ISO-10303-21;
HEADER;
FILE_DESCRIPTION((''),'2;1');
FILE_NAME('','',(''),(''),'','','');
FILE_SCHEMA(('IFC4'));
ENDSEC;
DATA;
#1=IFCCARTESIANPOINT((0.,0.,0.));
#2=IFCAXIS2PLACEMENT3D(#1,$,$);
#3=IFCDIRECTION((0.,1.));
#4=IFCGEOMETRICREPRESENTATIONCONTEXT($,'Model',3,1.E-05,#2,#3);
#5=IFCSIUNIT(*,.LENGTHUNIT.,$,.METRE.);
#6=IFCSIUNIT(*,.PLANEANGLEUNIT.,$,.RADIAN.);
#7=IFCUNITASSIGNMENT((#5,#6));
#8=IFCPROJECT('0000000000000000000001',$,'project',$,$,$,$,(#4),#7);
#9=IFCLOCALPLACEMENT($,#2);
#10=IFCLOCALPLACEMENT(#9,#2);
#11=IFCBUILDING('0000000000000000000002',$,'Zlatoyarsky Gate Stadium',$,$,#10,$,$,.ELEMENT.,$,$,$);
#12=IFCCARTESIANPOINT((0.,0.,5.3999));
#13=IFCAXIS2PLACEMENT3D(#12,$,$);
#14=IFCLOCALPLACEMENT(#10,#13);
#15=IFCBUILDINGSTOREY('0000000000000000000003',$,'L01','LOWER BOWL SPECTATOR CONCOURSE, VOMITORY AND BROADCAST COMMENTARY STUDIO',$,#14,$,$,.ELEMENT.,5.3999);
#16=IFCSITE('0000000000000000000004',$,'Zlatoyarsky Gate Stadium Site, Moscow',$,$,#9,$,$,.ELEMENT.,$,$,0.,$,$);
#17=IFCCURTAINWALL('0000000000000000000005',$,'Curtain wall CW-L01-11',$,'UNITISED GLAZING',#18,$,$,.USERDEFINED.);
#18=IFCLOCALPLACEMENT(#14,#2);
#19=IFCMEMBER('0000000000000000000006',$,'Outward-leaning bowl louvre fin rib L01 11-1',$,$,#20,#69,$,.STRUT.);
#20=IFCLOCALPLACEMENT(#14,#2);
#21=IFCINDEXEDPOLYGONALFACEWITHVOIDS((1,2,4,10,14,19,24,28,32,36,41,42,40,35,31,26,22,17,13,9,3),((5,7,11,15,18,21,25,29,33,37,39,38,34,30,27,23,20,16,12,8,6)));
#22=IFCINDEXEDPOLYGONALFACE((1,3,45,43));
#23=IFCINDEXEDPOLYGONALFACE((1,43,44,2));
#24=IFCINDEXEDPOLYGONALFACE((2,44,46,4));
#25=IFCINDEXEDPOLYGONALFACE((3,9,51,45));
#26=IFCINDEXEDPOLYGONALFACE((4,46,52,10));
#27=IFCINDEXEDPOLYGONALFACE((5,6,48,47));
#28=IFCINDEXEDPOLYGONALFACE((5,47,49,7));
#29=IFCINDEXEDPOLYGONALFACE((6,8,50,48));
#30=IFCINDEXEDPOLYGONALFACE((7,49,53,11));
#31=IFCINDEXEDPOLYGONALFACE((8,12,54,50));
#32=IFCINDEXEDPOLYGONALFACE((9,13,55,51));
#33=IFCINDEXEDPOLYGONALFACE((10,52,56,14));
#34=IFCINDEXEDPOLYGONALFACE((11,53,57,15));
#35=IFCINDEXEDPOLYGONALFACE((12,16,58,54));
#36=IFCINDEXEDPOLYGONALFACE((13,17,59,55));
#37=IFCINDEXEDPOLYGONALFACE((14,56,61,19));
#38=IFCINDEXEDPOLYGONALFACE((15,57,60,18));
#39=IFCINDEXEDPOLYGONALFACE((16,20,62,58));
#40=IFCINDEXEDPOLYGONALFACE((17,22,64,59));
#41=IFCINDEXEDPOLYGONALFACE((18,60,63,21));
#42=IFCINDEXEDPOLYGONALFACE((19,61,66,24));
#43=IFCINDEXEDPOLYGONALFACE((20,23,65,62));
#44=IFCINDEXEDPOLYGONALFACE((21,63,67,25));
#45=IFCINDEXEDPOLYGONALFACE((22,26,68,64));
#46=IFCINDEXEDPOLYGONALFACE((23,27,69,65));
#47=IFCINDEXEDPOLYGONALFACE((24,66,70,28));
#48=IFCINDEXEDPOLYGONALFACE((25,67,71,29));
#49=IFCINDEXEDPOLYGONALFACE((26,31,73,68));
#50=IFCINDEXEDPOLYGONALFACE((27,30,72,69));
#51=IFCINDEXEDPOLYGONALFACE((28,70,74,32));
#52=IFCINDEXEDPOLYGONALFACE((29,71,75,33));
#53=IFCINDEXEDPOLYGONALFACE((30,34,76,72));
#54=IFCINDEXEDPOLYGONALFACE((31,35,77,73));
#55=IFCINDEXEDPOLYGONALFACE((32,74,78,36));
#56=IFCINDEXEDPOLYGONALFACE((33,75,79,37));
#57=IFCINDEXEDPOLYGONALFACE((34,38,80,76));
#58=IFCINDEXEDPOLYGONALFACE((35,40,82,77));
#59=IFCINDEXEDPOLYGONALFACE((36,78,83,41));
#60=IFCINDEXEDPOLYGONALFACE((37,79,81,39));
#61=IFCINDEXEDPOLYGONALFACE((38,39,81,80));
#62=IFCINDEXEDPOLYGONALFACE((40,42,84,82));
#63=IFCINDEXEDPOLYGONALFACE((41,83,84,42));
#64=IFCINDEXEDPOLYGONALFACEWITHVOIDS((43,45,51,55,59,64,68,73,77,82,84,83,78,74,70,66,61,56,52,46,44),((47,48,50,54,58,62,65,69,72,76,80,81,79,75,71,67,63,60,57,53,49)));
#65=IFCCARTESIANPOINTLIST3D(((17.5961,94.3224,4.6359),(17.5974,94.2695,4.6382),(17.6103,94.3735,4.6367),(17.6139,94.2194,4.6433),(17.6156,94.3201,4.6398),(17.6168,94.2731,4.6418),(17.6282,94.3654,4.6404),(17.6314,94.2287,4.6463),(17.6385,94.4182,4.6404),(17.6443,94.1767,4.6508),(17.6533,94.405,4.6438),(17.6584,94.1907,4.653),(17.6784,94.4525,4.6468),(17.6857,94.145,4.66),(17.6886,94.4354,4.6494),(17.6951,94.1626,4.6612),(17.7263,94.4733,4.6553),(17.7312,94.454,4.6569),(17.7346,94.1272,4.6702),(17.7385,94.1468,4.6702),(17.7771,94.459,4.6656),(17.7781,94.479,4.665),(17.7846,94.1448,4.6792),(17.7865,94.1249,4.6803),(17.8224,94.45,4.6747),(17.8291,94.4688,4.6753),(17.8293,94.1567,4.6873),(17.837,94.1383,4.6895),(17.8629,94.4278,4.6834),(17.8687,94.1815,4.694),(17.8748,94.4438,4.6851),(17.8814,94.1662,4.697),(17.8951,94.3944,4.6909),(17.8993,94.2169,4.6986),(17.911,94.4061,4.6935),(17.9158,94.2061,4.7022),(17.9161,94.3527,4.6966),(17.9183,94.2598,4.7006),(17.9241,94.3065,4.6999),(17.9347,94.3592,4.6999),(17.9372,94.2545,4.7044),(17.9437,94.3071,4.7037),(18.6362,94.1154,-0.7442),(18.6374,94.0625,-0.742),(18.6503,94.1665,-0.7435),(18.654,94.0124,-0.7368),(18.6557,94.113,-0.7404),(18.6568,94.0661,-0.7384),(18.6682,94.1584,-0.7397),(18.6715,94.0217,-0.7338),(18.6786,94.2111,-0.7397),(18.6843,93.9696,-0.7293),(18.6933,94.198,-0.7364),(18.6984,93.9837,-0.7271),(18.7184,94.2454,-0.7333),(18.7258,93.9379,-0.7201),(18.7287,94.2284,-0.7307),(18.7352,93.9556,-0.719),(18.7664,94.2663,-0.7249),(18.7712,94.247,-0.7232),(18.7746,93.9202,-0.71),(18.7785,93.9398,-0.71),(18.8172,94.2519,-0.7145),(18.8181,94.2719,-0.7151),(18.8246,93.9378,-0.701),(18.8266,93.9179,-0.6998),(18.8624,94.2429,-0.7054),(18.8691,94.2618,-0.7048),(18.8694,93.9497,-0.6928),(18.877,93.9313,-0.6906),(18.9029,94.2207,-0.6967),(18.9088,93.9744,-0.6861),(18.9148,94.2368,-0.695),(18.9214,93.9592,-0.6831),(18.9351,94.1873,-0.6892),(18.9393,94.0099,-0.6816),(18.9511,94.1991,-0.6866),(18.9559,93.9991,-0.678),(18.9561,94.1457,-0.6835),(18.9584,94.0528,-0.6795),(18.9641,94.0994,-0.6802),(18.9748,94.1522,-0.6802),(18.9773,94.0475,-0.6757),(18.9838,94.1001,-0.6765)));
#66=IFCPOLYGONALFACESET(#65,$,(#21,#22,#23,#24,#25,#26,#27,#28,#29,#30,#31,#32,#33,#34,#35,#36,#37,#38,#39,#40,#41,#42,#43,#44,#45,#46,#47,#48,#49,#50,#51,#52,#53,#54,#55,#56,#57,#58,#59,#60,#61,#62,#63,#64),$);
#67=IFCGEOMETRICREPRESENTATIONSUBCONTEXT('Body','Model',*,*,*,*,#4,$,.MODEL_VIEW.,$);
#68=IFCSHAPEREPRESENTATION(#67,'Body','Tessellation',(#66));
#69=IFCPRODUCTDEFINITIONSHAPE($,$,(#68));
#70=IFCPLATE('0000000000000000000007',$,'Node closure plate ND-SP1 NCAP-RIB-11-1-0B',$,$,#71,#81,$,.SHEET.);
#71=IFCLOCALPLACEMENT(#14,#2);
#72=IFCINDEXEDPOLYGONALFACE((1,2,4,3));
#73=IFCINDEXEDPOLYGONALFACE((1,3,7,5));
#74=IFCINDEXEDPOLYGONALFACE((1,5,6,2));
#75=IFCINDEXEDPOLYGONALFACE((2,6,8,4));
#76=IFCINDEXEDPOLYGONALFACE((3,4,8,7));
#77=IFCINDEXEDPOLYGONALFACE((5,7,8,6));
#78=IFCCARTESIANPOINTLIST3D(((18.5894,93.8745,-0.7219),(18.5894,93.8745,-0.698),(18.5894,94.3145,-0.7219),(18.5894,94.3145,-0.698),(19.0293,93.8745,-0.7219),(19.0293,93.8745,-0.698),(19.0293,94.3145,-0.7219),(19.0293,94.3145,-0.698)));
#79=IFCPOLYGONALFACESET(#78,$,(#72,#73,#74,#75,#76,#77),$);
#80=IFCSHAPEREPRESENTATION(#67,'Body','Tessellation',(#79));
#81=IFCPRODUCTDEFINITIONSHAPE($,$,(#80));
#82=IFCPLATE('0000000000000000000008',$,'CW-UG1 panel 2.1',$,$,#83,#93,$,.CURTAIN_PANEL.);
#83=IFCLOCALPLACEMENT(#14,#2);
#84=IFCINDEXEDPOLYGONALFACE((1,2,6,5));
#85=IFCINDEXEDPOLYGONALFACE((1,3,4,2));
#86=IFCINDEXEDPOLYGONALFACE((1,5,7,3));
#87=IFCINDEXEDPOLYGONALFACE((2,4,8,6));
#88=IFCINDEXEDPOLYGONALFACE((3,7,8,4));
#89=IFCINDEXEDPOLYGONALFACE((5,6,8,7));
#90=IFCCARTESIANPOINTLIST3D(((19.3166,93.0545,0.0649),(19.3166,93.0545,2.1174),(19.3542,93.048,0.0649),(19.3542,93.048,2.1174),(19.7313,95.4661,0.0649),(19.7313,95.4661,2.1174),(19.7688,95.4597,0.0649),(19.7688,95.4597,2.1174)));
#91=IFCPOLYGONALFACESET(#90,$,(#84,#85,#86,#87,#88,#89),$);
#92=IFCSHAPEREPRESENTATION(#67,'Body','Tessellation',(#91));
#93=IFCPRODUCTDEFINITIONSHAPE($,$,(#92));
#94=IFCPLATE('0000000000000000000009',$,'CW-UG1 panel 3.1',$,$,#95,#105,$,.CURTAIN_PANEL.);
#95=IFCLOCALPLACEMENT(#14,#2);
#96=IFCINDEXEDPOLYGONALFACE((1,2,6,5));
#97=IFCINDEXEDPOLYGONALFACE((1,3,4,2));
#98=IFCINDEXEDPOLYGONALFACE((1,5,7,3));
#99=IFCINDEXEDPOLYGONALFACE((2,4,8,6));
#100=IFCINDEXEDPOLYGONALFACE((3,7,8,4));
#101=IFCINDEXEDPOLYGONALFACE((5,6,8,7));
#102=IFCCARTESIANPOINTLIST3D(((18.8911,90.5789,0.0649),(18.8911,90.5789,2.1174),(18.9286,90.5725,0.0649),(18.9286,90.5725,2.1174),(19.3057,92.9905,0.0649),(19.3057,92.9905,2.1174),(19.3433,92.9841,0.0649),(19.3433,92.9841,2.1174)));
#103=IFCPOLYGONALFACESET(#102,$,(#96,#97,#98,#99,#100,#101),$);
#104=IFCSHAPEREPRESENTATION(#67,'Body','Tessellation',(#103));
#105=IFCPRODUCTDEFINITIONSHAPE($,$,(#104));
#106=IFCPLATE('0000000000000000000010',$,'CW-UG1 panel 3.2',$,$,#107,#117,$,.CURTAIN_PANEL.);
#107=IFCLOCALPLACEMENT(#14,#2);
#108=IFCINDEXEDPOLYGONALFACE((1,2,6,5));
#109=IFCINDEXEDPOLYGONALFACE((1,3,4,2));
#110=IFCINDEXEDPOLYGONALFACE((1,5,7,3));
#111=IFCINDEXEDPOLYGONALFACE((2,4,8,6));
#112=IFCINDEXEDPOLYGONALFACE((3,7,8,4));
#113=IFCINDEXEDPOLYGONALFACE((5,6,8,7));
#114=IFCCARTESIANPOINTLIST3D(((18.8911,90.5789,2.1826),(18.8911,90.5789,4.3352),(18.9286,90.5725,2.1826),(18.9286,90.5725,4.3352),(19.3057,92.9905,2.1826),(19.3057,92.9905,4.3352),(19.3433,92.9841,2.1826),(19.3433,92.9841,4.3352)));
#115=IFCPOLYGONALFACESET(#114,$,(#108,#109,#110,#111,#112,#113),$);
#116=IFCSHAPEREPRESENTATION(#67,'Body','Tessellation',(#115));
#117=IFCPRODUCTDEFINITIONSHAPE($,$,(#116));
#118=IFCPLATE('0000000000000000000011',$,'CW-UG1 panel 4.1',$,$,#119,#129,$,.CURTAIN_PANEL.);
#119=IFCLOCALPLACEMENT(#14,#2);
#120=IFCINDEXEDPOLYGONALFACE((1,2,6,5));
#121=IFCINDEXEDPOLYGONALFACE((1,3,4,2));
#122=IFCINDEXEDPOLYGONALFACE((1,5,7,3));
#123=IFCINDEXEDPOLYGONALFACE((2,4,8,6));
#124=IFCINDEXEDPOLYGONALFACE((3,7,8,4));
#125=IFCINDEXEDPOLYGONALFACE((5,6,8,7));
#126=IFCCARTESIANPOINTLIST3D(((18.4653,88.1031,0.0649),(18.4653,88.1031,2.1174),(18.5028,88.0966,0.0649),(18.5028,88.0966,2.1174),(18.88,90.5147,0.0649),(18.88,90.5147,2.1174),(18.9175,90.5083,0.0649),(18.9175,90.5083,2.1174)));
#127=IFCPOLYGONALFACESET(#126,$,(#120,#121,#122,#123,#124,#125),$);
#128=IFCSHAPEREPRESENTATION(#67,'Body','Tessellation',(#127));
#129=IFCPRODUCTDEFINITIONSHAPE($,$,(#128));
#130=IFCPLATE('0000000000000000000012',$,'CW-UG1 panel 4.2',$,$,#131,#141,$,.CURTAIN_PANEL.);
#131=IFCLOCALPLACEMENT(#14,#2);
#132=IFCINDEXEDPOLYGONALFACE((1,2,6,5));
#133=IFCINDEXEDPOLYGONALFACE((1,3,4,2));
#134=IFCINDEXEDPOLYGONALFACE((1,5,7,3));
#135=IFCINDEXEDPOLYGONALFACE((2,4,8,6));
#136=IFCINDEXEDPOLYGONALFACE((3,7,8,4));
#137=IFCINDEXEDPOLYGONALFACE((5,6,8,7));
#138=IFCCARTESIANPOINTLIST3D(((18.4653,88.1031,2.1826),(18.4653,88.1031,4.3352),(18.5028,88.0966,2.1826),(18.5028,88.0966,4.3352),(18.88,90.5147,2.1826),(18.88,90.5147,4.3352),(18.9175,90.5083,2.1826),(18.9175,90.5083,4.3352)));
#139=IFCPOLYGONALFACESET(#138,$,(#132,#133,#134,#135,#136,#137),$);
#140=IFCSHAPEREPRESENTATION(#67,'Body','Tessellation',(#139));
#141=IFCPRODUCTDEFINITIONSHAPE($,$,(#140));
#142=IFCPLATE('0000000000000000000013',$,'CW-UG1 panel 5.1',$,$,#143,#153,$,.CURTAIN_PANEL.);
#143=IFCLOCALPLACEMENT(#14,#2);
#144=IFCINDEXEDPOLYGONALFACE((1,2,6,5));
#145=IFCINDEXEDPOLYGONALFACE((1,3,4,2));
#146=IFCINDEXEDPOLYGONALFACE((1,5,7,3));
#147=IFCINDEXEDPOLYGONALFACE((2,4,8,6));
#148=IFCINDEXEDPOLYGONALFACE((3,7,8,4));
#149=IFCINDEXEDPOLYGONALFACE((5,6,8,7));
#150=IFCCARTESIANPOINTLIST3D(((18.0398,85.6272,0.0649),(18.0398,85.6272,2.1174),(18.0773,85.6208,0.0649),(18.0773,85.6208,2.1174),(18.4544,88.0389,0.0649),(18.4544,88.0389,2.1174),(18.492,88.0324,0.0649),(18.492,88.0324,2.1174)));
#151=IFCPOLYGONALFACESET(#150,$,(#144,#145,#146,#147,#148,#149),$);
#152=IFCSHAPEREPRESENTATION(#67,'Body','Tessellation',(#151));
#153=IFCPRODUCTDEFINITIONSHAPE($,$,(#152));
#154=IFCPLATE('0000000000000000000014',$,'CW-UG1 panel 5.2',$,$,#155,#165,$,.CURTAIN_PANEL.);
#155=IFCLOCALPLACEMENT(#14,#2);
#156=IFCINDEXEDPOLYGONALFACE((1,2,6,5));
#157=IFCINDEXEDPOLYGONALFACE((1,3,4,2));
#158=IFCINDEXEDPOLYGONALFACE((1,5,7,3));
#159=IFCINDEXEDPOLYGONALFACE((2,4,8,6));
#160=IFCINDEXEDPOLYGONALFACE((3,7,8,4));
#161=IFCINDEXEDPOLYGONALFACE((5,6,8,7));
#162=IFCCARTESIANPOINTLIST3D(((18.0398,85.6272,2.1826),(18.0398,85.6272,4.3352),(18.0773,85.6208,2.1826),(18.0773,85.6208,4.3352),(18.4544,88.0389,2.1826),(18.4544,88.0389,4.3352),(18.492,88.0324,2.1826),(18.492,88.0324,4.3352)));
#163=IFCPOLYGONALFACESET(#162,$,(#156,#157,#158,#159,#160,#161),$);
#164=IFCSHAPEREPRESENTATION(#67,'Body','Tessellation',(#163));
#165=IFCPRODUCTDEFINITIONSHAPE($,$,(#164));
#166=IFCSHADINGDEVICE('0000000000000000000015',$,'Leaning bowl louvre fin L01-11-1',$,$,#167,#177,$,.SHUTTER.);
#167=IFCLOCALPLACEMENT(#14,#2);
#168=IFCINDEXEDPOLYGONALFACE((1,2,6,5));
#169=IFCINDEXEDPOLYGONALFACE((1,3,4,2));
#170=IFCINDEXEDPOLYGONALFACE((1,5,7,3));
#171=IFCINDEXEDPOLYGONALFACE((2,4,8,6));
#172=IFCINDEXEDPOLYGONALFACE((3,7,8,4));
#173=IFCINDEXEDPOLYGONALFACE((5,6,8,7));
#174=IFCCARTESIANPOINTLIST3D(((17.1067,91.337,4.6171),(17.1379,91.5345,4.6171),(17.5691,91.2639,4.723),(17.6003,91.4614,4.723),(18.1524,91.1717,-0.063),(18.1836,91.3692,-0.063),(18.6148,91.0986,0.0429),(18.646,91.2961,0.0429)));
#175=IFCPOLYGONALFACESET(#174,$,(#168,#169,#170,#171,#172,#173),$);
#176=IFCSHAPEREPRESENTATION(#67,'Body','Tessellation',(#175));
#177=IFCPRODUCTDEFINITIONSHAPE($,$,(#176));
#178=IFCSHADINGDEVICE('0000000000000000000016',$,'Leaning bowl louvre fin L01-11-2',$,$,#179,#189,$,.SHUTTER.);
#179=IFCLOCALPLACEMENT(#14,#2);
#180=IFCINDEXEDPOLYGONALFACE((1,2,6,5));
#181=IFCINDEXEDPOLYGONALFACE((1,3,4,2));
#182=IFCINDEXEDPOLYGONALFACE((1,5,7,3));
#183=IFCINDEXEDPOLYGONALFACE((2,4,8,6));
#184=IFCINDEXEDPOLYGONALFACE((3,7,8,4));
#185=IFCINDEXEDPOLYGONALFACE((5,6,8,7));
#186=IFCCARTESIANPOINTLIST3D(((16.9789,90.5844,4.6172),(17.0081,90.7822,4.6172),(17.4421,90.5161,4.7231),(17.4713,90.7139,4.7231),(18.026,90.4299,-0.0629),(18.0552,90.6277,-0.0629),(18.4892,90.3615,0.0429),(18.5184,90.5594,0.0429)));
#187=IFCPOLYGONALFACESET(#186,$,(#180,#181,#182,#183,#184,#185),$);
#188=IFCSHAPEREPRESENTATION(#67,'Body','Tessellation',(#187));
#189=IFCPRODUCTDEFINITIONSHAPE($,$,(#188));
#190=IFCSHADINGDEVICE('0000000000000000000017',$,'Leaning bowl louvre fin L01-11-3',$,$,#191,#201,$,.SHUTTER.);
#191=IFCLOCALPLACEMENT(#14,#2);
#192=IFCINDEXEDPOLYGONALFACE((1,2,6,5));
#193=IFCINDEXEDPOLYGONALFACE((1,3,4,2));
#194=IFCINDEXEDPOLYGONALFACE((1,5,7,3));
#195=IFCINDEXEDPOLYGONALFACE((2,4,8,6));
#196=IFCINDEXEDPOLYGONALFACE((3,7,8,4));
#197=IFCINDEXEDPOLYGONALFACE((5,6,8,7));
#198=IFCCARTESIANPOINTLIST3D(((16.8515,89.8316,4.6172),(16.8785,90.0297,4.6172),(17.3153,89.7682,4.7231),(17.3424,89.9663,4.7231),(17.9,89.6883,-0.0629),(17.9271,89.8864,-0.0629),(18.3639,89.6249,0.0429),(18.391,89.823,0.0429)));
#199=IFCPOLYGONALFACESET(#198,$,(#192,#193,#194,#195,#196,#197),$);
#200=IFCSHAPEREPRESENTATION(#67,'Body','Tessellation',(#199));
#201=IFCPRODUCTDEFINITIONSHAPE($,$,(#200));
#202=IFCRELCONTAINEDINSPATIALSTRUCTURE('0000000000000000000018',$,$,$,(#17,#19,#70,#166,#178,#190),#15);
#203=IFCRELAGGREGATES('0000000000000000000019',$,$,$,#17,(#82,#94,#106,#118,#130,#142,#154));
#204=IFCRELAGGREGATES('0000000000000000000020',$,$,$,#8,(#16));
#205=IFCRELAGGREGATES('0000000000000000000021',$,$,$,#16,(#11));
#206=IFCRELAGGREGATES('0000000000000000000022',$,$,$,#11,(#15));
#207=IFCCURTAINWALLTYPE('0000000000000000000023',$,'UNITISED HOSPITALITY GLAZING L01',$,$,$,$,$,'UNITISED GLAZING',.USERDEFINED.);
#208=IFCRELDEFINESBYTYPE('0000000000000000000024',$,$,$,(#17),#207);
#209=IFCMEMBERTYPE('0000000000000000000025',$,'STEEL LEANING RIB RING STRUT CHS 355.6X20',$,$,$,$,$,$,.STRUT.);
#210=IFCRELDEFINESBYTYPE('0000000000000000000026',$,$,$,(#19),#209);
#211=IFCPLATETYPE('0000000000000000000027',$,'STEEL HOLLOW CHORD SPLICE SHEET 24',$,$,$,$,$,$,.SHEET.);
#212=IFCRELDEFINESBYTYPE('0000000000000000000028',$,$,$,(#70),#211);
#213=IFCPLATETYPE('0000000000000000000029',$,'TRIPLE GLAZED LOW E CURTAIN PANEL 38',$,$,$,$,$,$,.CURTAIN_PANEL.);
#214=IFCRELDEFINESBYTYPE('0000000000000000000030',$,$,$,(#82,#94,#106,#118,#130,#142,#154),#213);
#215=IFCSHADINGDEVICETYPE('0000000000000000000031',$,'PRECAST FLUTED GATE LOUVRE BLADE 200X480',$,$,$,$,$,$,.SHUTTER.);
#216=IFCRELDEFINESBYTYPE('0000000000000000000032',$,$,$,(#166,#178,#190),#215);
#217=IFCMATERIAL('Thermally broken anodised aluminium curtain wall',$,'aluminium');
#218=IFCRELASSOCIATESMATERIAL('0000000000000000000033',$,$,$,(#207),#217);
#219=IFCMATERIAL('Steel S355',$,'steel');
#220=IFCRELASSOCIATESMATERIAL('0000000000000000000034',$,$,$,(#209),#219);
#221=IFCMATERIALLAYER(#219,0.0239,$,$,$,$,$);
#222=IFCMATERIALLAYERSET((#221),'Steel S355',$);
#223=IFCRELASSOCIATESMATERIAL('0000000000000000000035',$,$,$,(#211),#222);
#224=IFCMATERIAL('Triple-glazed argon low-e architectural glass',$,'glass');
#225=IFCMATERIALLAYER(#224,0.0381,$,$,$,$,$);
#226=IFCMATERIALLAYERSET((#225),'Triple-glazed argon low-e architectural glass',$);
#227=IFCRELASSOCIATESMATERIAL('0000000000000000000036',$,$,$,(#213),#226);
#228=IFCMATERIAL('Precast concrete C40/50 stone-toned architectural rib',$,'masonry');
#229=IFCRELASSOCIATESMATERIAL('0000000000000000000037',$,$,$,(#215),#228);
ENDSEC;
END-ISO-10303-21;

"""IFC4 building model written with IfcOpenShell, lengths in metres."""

from ifc_helpers import new_model, si_unit, direction, frame, origin, origin_2d, place, context, subcontext, project, spatial, rectangle, hollow_circle, extrude, material, layer, layer_set, material_profile, profile_set, type_object, element, aggregate, save


model = new_model("IFC4")

# Units and contexts
model_context = context("Model", 3, precision=1e-05, world=origin(), true_north=direction((0.0, 1.0)))
body_context = subcontext(model_context, "Body", "Model", "MODEL_VIEW")
ifc_project = project(units=[si_unit("LENGTHUNIT", "METRE"), si_unit("PLANEANGLEUNIT", "RADIAN")], contexts=[model_context])

# Site, building, storey
site_placement = place(None, origin())
site = spatial("IfcSite", under=ifc_project, at=site_placement, Name="Zlatoyarsky Gate Stadium Site, Moscow", CompositionType="ELEMENT", RefElevation=0.0)
building_placement = place(site_placement, origin())
building = spatial("IfcBuilding", under=site, at=building_placement, Name="Zlatoyarsky Gate Stadium", CompositionType="ELEMENT")
storey_placement = place(building_placement, frame((0.0, 0.0, 5.3999)))
storey = spatial("IfcBuildingStorey", under=building, at=storey_placement, Name="L01", Description="LOWER BOWL SPECTATOR CONCOURSE, VOMITORY AND BROADCAST COMMENTARY STUDIO", CompositionType="ELEMENT", Elevation=5.3999)

# Curtain wall
ifc_material_1 = material(Name="Thermally broken anodised aluminium curtain wall", Category="aluminium")
curtain_wall_type = type_object("IfcCurtainWallType", Name="UNITISED HOSPITALITY GLAZING L01", ElementType="UNITISED GLAZING", PredefinedType="USERDEFINED", material=ifc_material_1)
curtain_wall_placement = place(storey_placement, origin())
curtain_wall = element("IfcCurtainWall", 1, at=curtain_wall_placement, inside=storey, type_object=curtain_wall_type, Name="Curtain wall CW-L01-11", ObjectType="UNITISED GLAZING", PredefinedType="USERDEFINED")

# Member
ifc_material_2 = material(Name="Steel S355", Category="steel")
ifc_material_profile_1 = material_profile(ifc_material_2, hollow_circle(Radius=0.1777, WallThickness=0.02, at=origin_2d()), Name="CHS 355.6X20")
ifc_profile_set_1 = profile_set([ifc_material_profile_1], Name="Steel S355")
member_type_1 = type_object("IfcMemberType", Name="STEEL LEANING RIB RING STRUT CHS 355.6X20", PredefinedType="STRUT", material=ifc_profile_set_1)
member_1_placement = place(storey_placement, frame((18.8093, 94.0945, -0.71), z_axis=(-0.189662, 0.037754, 0.981123), x_axis=(-0.195231, -0.980757, 0.0)))
element("IfcMember", 2, at=member_1_placement, inside=storey, type_object=member_type_1, Name="Outward-leaning bowl louvre fin rib L01 11-1", PredefinedType="STRUT", context=body_context, shape_type="SweptSolid", body=[
    extrude(hollow_circle(Radius=0.1777, WallThickness=0.02, at=origin_2d()), origin(), (0.0, 0.0, 1.0), 5.4836),
])

# Plates
ifc_layer_1 = layer(ifc_material_2, 0.0239)
ifc_layer_set_1 = layer_set([ifc_layer_1], Name="Steel S355")
plate_type_1 = type_object("IfcPlateType", Name="STEEL HOLLOW CHORD SPLICE SHEET 24", PredefinedType="SHEET", material=ifc_layer_set_1)
plate_1_placement = place(storey_placement, frame((18.8093, 94.0945, -0.7219), z_axis=(0.0, 0.0, 1.0), x_axis=(1.0, 0.0, 0.0)))
element("IfcPlate", 3, at=plate_1_placement, inside=storey, type_object=plate_type_1, Name="Node closure plate ND-SP1 NCAP-RIB-11-1-0B", PredefinedType="SHEET", context=body_context, shape_type="SweptSolid", body=[
    extrude(rectangle(XDim=0.4399, YDim=0.4399, at=origin_2d()), origin(), (0.0, 0.0, 1.0), 0.0239),
])
ifc_material_3 = material(Name="Triple-glazed argon low-e architectural glass", Category="glass")
ifc_layer_2 = layer(ifc_material_3, 0.0381)
ifc_layer_set_2 = layer_set([ifc_layer_2], Name="Triple-glazed argon low-e architectural glass")
plate_type_2 = type_object("IfcPlateType", Name="TRIPLE GLAZED LOW E CURTAIN PANEL 38", PredefinedType="CURTAIN_PANEL", material=ifc_layer_set_2)
plate_2_placement = place(storey_placement, frame((19.5427, 94.2571, 0.0649), z_axis=(0.0, 0.0, 1.0), x_axis=(-0.169451, -0.985539, 0.0)))
plate_2 = element("IfcPlate", 4, at=plate_2_placement, type_object=plate_type_2, Name="CW-UG1 panel 2.1", PredefinedType="CURTAIN_PANEL", context=body_context, shape_type="SweptSolid", body=[
    extrude(rectangle(XDim=2.447, YDim=0.0381, at=origin_2d()), origin(), (0.0, 0.0, 1.0), 2.0525),
])
plate_3_placement = place(storey_placement, frame((19.1172, 91.7815, 0.0649), z_axis=(0.0, 0.0, 1.0), x_axis=(-0.169451, -0.985539, 0.0)))
plate_3 = element("IfcPlate", 5, at=plate_3_placement, type_object=plate_type_2, Name="CW-UG1 panel 3.1", PredefinedType="CURTAIN_PANEL", context=body_context, shape_type="SweptSolid", body=[
    extrude(rectangle(XDim=2.447, YDim=0.0381, at=origin_2d()), origin(), (0.0, 0.0, 1.0), 2.0525),
])
plate_4_placement = place(storey_placement, frame((19.1172, 91.7815, 2.1826), z_axis=(0.0, 0.0, 1.0), x_axis=(-0.169451, -0.985539, 0.0)))
plate_4 = element("IfcPlate", 6, at=plate_4_placement, type_object=plate_type_2, Name="CW-UG1 panel 3.2", PredefinedType="CURTAIN_PANEL", context=body_context, shape_type="SweptSolid", body=[
    extrude(rectangle(XDim=2.447, YDim=0.0381, at=origin_2d()), origin(), (0.0, 0.0, 1.0), 2.1526),
])
plate_5_placement = place(storey_placement, frame((18.6914, 89.3057, 0.0649), z_axis=(0.0, 0.0, 1.0), x_axis=(-0.169451, -0.985539, 0.0)))
plate_5 = element("IfcPlate", 7, at=plate_5_placement, type_object=plate_type_2, Name="CW-UG1 panel 4.1", PredefinedType="CURTAIN_PANEL", context=body_context, shape_type="SweptSolid", body=[
    extrude(rectangle(XDim=2.447, YDim=0.0381, at=origin_2d()), origin(), (0.0, 0.0, 1.0), 2.0525),
])
plate_6_placement = place(storey_placement, frame((18.6914, 89.3057, 2.1826), z_axis=(0.0, 0.0, 1.0), x_axis=(-0.169451, -0.985539, 0.0)))
plate_6 = element("IfcPlate", 8, at=plate_6_placement, type_object=plate_type_2, Name="CW-UG1 panel 4.2", PredefinedType="CURTAIN_PANEL", context=body_context, shape_type="SweptSolid", body=[
    extrude(rectangle(XDim=2.447, YDim=0.0381, at=origin_2d()), origin(), (0.0, 0.0, 1.0), 2.1526),
])
plate_7_placement = place(storey_placement, frame((18.2659, 86.8298, 0.0649), z_axis=(0.0, 0.0, 1.0), x_axis=(-0.169451, -0.985539, 0.0)))
plate_7 = element("IfcPlate", 9, at=plate_7_placement, type_object=plate_type_2, Name="CW-UG1 panel 5.1", PredefinedType="CURTAIN_PANEL", context=body_context, shape_type="SweptSolid", body=[
    extrude(rectangle(XDim=2.447, YDim=0.0381, at=origin_2d()), origin(), (0.0, 0.0, 1.0), 2.0525),
])
plate_8_placement = place(storey_placement, frame((18.2659, 86.8298, 2.1826), z_axis=(0.0, 0.0, 1.0), x_axis=(-0.169451, -0.985539, 0.0)))
plate_8 = element("IfcPlate", 10, at=plate_8_placement, type_object=plate_type_2, Name="CW-UG1 panel 5.2", PredefinedType="CURTAIN_PANEL", context=body_context, shape_type="SweptSolid", body=[
    extrude(rectangle(XDim=2.447, YDim=0.0381, at=origin_2d()), origin(), (0.0, 0.0, 1.0), 2.1526),
])
aggregate(curtain_wall, [plate_2, plate_3, plate_4, plate_5, plate_6, plate_7, plate_8])

# Shading devices
ifc_material_4 = material(Name="Precast concrete C40/50 stone-toned architectural rib", Category="masonry")
ifc_material_profile_2 = material_profile(ifc_material_4, rectangle(XDim=0.2, YDim=0.48, at=origin_2d()), Name="RIB 200X480")
ifc_profile_set_2 = profile_set([ifc_material_profile_2], Name="Precast concrete C40/50 stone-toned architectural rib")
shading_device_type = type_object("IfcShadingDeviceType", Name="PRECAST FLUTED GATE LOUVRE BLADE 200X480", PredefinedType="SHUTTER", material=ifc_profile_set_2)
for number, where, z_axis, x_axis, name in (
    (11, (18.3992, 91.2339, -0.01), (-0.217917, 0.034445, 0.975359), (-0.156128, -0.987737, 0.0), "Leaning bowl louvre fin L01-11-1"),
    (12, (18.2722, 90.4946, -0.01), (-0.218224, 0.032207, 0.975367), (-0.146005, -0.989284, 0.0), "Leaning bowl louvre fin L01-11-2"),
    (13, (18.1455, 89.7556, -0.01), (-0.21853, 0.029867, 0.975373), (-0.135412, -0.990789, 0.0), "Leaning bowl louvre fin L01-11-3"),
):
    element("IfcShadingDevice", number, at=place(storey_placement, frame(where, z_axis=z_axis, x_axis=x_axis)), inside=storey, type_object=shading_device_type, Name=name, PredefinedType="SHUTTER", context=body_context, shape_type="SweptSolid", body=[
        extrude(rectangle(XDim=0.2, YDim=0.48, at=origin_2d()), origin(), (0.0, 0.0, 1.0), 4.7983),
    ])

save(model, "model.ifc")
